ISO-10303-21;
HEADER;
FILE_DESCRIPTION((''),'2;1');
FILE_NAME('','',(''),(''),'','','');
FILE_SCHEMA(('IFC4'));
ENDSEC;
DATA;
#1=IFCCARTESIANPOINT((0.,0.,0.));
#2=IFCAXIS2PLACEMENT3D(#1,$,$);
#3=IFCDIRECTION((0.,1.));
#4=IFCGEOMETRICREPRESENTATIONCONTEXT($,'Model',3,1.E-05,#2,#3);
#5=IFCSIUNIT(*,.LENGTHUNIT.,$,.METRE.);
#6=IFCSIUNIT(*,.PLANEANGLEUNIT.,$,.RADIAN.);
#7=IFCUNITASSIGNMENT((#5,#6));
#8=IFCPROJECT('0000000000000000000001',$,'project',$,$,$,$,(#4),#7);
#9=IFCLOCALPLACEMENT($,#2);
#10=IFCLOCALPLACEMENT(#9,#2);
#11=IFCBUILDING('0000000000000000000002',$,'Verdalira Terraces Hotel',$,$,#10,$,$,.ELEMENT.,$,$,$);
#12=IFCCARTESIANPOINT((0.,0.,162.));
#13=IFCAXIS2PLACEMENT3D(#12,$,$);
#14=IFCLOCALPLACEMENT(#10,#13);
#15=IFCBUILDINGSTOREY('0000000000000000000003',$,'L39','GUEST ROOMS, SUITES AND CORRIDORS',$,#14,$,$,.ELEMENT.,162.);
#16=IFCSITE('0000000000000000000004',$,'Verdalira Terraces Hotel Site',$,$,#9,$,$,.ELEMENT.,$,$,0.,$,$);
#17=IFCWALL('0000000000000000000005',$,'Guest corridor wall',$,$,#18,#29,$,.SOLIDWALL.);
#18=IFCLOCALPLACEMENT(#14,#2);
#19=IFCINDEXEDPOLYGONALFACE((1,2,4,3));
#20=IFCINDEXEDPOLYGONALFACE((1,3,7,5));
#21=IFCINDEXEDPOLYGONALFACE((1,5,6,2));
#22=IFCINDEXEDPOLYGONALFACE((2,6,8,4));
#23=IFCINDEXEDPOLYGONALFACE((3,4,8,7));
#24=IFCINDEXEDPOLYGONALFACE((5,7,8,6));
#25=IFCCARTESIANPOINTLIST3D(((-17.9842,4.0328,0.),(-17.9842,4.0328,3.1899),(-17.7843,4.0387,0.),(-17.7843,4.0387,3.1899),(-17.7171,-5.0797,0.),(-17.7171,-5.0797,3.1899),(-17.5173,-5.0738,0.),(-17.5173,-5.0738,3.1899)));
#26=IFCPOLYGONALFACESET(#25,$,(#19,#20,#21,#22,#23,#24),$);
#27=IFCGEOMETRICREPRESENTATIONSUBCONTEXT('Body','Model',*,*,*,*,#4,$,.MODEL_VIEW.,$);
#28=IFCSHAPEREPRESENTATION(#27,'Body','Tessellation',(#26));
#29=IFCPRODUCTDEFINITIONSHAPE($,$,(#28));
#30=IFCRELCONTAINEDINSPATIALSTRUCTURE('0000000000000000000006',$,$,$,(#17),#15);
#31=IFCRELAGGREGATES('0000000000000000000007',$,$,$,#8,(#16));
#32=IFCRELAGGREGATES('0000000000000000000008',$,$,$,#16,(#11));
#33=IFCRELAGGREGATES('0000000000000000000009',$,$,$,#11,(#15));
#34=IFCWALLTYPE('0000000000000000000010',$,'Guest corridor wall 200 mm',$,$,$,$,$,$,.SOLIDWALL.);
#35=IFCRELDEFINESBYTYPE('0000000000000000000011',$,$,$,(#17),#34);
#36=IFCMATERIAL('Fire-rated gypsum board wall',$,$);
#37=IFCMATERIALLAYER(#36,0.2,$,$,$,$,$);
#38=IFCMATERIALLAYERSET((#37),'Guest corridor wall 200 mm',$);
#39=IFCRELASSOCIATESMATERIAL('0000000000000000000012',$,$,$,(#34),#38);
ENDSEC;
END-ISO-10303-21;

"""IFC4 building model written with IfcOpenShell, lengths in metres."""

from ifc_helpers import new_model, si_unit, direction, frame, frame_2d, origin, place, context, subcontext, project, spatial, rectangle, extrude, material, layer, layer_set, type_object, element, save


model = new_model("IFC4")

# Units and contexts
model_context = context("Model", 3, precision=1e-05, world=origin(), true_north=direction((0.0, 1.0)))
body_context = subcontext(model_context, "Body", "Model", "MODEL_VIEW")
ifc_project = project(units=[si_unit("LENGTHUNIT", "METRE"), si_unit("PLANEANGLEUNIT", "RADIAN")], contexts=[model_context])

# Site, building, storey
site_placement = place(None, origin())
site = spatial("IfcSite", under=ifc_project, at=site_placement, Name="Verdalira Terraces Hotel Site", CompositionType="ELEMENT", RefElevation=0.0)
building_placement = place(site_placement, origin())
building = spatial("IfcBuilding", under=site, at=building_placement, Name="Verdalira Terraces Hotel", CompositionType="ELEMENT")
storey_placement = place(building_placement, frame((0.0, 0.0, 162.0)))
storey = spatial("IfcBuildingStorey", under=building, at=storey_placement, Name="L39", Description="GUEST ROOMS, SUITES AND CORRIDORS", CompositionType="ELEMENT", Elevation=162.0)

# Wall
ifc_material_1 = material(Name="Fire-rated gypsum board wall")
ifc_layer_1 = layer(ifc_material_1, 0.2)
ifc_layer_set_1 = layer_set([ifc_layer_1], Name="Guest corridor wall 200 mm")
wall_type_1 = type_object("IfcWallType", Name="Guest corridor wall 200 mm", PredefinedType="SOLIDWALL", material=ifc_layer_set_1)
wall_1_placement = place(storey_placement, frame((-17.8843, 4.0356, 0.0), z_axis=(0.0, 0.0, 1.0), x_axis=(0.029298, -0.999571, 0.0)))
element("IfcWall", 1, at=wall_1_placement, inside=storey, type_object=wall_type_1, Name="Guest corridor wall", PredefinedType="SOLIDWALL", context=body_context, shape_type="SweptSolid", body=[
    extrude(rectangle(XDim=9.1165, YDim=0.2, at=frame_2d((4.5581, 0.0))), origin(), (0.0, 0.0, 1.0), 3.1899),
])

save(model, "model.ifc")
